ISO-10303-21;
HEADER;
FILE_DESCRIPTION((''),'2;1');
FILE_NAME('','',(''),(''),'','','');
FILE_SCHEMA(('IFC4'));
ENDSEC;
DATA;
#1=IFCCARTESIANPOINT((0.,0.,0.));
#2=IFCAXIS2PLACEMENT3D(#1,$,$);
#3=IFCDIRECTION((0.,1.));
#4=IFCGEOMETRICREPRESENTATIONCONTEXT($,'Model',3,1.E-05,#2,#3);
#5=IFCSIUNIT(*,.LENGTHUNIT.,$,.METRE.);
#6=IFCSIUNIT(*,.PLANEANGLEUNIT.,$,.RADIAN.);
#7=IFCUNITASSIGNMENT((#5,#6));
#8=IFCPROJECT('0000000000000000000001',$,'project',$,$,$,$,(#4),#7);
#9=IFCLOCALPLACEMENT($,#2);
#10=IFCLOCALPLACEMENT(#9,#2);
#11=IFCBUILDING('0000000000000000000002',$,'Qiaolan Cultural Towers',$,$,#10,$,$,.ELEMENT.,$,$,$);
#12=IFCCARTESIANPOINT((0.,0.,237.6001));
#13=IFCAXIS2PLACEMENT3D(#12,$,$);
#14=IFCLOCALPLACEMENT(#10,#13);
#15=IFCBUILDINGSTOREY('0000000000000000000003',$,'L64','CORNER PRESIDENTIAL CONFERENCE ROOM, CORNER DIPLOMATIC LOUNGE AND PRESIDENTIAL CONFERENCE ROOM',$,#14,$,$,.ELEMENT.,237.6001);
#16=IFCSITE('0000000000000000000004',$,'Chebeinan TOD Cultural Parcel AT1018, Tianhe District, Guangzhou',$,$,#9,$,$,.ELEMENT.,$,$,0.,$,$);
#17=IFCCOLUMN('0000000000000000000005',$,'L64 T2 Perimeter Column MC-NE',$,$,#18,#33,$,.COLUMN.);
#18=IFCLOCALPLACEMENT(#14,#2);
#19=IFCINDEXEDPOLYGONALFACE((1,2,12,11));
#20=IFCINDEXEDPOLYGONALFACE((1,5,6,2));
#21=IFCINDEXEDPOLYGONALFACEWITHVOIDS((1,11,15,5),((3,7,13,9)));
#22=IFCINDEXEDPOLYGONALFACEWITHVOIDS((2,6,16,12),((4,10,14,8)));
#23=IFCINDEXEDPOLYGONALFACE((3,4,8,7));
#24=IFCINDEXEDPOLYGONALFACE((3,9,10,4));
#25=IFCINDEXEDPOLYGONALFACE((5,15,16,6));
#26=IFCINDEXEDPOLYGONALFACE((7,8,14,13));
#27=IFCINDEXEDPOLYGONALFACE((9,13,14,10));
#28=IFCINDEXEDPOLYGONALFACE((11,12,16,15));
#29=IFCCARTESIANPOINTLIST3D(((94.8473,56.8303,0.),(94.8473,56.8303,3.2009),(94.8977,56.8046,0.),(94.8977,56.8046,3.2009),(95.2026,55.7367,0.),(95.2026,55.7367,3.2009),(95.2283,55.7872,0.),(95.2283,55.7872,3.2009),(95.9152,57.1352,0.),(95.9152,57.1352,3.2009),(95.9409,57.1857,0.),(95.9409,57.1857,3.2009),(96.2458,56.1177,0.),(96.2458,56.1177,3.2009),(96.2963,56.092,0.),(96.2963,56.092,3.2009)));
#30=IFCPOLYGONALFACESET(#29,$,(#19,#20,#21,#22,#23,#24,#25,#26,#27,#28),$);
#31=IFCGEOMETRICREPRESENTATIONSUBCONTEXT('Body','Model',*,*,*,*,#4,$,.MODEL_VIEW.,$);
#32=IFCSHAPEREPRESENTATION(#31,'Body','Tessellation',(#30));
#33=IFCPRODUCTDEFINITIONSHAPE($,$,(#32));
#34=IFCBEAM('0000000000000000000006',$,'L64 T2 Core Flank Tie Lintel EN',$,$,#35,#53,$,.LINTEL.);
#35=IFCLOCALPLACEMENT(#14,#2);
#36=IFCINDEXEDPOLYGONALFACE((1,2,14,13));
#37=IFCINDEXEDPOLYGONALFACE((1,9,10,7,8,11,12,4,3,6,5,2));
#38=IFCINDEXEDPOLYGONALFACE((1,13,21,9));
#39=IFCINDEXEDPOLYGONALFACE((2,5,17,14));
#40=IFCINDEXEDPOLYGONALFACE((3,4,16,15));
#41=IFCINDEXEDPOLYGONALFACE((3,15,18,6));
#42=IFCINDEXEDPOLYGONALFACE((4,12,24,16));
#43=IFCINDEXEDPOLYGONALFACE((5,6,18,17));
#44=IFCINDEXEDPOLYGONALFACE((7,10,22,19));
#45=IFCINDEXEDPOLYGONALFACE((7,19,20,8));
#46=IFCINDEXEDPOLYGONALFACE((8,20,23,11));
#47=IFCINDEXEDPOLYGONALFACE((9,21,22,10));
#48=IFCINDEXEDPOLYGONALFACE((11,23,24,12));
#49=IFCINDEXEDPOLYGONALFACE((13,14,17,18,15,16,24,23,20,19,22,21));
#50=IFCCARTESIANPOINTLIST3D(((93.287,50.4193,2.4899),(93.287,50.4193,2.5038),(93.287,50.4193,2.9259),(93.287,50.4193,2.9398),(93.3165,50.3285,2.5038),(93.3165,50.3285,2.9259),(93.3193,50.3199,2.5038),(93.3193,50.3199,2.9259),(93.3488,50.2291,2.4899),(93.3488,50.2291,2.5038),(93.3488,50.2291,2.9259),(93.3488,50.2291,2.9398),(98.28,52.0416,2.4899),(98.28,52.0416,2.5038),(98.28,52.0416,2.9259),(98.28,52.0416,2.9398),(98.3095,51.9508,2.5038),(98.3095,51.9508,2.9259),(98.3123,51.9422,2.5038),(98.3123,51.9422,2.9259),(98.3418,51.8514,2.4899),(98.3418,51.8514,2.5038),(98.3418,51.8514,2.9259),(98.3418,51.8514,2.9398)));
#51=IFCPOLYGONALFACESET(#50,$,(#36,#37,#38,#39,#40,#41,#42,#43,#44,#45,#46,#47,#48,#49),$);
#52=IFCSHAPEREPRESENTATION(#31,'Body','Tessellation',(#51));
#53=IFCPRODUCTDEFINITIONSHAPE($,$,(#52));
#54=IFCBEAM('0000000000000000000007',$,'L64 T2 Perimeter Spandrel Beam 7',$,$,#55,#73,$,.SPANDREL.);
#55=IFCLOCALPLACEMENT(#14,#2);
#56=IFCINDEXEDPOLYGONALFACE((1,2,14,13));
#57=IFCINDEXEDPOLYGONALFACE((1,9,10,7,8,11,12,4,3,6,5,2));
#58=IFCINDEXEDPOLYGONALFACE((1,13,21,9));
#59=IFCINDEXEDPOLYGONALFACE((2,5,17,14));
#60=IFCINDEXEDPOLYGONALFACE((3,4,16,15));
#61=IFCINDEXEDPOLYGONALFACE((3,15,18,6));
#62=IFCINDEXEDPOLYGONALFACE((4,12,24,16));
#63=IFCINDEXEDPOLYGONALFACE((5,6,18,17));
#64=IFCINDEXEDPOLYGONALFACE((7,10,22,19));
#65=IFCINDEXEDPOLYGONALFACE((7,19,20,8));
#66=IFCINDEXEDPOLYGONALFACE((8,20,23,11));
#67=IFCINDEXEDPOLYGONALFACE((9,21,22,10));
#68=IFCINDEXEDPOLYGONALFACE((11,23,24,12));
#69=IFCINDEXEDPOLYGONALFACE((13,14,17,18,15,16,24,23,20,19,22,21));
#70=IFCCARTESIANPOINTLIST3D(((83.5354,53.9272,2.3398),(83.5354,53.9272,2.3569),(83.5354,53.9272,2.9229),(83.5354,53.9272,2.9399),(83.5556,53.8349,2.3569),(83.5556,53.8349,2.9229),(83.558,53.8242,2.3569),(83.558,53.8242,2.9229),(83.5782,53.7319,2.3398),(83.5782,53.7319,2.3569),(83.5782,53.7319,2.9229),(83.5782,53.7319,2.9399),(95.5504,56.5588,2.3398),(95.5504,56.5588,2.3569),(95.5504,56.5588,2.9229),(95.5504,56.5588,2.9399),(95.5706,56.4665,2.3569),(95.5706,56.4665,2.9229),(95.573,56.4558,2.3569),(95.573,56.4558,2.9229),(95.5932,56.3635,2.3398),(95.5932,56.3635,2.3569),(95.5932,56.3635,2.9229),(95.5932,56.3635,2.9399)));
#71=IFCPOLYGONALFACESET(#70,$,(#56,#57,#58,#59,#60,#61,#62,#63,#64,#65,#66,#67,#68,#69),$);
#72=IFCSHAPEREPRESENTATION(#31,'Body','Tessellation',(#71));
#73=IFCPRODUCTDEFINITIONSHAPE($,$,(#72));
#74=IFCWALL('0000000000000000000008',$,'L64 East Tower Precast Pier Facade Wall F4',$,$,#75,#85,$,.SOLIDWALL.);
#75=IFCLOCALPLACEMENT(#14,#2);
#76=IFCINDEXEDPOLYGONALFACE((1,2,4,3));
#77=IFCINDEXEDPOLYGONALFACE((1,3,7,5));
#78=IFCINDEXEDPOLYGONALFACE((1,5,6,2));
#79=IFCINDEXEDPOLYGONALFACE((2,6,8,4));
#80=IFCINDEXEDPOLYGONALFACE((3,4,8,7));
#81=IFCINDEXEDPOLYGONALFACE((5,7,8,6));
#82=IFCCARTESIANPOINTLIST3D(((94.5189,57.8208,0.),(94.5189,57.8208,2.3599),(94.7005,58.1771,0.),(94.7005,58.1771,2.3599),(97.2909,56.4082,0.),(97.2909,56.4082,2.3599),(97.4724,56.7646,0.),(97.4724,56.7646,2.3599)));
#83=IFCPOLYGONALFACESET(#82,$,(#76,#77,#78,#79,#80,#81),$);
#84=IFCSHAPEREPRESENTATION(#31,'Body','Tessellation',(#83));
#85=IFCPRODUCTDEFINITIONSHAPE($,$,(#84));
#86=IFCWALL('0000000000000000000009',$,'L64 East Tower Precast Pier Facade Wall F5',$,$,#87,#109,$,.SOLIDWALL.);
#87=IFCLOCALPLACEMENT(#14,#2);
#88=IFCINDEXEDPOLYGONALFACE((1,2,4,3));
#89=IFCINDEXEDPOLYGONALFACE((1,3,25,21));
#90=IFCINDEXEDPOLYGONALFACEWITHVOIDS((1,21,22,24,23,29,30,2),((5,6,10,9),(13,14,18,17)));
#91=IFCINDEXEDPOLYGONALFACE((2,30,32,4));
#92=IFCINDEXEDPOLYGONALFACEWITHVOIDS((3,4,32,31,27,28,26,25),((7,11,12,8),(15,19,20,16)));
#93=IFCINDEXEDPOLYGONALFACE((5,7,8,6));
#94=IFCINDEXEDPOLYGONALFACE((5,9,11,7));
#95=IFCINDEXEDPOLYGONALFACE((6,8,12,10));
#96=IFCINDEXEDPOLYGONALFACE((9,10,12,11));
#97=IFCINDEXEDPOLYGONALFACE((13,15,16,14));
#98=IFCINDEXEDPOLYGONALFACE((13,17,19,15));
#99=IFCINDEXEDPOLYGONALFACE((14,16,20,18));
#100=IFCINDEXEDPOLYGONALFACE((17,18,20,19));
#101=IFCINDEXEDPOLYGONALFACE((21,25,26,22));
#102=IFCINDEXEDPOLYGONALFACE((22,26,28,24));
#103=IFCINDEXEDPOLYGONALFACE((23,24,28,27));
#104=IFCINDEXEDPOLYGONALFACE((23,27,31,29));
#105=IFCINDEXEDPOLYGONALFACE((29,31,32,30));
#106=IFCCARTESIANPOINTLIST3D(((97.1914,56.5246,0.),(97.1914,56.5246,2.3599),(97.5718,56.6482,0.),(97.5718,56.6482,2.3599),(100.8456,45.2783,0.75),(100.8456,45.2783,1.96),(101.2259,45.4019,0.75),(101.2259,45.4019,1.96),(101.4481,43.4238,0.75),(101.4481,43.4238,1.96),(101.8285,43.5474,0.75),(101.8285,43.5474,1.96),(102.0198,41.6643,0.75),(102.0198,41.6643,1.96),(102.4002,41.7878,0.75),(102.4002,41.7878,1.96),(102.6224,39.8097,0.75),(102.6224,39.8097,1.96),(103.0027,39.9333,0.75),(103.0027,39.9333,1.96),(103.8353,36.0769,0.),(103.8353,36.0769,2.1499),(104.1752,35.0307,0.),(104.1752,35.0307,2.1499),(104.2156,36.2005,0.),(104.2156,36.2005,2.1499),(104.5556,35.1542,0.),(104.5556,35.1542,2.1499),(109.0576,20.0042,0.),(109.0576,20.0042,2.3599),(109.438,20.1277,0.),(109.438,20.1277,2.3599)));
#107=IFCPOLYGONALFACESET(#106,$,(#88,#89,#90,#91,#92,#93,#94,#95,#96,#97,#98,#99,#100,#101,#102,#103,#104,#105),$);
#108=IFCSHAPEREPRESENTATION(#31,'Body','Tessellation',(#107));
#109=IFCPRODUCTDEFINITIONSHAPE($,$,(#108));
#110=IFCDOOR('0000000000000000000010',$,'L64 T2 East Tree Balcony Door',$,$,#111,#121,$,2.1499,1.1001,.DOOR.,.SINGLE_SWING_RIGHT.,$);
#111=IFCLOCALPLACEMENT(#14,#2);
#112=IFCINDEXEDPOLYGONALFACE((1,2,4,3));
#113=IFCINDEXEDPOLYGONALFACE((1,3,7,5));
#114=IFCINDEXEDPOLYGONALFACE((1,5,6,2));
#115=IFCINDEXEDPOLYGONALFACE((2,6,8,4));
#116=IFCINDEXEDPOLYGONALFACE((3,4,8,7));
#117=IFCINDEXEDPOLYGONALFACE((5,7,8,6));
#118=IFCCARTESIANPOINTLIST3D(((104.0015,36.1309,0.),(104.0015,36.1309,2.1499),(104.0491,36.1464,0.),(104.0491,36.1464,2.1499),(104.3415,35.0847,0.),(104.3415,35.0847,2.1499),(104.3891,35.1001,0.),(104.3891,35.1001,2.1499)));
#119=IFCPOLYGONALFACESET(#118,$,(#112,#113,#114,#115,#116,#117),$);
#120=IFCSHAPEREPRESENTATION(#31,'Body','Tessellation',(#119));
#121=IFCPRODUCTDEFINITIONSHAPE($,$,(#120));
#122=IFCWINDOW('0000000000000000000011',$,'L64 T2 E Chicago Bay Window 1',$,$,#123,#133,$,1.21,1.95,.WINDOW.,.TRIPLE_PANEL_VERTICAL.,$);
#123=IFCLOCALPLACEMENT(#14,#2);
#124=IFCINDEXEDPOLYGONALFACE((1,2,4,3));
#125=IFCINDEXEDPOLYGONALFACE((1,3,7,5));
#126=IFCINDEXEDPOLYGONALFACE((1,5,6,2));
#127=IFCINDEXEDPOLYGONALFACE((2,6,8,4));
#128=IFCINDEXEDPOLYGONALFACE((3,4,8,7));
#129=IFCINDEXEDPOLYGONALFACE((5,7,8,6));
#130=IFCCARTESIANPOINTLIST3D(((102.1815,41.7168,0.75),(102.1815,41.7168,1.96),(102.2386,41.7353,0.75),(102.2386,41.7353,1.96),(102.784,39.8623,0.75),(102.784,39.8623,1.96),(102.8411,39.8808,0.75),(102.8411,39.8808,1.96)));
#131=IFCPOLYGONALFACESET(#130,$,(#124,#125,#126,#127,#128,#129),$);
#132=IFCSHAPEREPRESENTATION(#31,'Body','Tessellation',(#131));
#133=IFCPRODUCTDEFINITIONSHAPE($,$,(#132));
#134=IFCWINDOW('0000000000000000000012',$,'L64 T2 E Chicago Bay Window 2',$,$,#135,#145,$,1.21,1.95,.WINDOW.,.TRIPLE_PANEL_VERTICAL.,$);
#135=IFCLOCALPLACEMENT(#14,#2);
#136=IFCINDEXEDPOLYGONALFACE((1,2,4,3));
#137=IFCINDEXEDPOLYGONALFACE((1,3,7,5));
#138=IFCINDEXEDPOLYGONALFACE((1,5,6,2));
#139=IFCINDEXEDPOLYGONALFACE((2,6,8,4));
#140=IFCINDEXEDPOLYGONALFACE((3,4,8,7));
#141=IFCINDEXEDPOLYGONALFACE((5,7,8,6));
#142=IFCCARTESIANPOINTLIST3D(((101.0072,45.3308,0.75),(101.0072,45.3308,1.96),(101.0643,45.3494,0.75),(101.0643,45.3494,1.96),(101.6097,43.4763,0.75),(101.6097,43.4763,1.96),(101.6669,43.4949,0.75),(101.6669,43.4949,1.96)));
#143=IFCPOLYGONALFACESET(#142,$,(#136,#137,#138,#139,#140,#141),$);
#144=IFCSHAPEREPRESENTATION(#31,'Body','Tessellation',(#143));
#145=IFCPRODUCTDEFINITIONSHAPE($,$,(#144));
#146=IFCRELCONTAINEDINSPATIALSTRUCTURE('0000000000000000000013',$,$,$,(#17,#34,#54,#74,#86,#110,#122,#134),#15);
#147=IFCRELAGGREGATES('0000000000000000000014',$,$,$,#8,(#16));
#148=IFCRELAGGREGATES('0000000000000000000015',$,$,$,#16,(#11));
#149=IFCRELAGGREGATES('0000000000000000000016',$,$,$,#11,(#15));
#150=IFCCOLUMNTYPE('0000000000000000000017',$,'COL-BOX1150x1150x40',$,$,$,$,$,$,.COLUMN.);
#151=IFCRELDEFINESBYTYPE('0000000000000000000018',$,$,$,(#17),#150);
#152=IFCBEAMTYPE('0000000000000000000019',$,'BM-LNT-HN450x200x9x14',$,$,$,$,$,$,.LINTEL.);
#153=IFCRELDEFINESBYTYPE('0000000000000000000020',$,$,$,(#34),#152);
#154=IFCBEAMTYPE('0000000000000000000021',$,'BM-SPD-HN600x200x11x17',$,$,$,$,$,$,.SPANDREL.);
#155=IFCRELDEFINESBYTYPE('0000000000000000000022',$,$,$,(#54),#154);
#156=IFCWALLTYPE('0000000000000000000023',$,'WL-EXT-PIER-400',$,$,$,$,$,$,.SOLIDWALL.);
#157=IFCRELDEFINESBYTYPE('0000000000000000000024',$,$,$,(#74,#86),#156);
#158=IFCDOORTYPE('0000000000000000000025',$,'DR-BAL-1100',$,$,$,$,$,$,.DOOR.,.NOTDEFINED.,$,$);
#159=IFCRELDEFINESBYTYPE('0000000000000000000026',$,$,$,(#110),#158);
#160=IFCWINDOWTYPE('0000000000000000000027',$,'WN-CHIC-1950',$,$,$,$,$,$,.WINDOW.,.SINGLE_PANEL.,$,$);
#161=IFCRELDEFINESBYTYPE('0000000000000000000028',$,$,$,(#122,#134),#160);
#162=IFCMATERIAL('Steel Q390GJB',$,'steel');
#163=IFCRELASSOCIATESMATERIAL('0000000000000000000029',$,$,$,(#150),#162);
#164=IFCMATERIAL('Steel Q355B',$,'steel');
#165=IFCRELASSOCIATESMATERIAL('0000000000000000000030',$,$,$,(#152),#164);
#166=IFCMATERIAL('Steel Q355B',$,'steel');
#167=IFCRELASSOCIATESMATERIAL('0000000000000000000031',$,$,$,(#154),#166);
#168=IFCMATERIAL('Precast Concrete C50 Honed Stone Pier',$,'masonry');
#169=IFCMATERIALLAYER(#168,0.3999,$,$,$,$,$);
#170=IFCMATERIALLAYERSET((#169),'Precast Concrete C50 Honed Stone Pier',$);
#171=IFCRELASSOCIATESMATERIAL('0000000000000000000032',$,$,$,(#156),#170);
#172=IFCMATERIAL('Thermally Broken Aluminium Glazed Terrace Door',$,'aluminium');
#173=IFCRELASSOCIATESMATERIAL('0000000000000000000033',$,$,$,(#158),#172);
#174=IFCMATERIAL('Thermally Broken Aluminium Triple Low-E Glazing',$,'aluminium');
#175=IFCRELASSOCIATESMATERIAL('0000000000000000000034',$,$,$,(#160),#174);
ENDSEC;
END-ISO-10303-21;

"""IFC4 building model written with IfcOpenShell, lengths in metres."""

from ifc_helpers import new_model, si_unit, direction, frame, frame_2d, origin, origin_2d, place, context, subcontext, project, spatial, rectangle, hollow_rectangle, i_section, extrude, material, layer, layer_set, material_profile, profile_set, type_object, element, fill, save


model = new_model("IFC4")

# Units and contexts
model_context = context("Model", 3, precision=1e-05, world=origin(), true_north=direction((0.0, 1.0)))
body_context = subcontext(model_context, "Body", "Model", "MODEL_VIEW")
ifc_project = project(units=[si_unit("LENGTHUNIT", "METRE"), si_unit("PLANEANGLEUNIT", "RADIAN")], contexts=[model_context])

# Site, building, storey
site_placement = place(None, origin())
site = spatial("IfcSite", under=ifc_project, at=site_placement, Name="Chebeinan TOD Cultural Parcel AT1018, Tianhe District, Guangzhou", CompositionType="ELEMENT", RefElevation=0.0)
building_placement = place(site_placement, origin())
building = spatial("IfcBuilding", under=site, at=building_placement, Name="Qiaolan Cultural Towers", CompositionType="ELEMENT")
storey_placement = place(building_placement, frame((0.0, 0.0, 237.6001)))
storey = spatial("IfcBuildingStorey", under=building, at=storey_placement, Name="L64", Description="CORNER PRESIDENTIAL CONFERENCE ROOM, CORNER DIPLOMATIC LOUNGE AND PRESIDENTIAL CONFERENCE ROOM", CompositionType="ELEMENT", Elevation=237.6001)

# Column
ifc_material_1 = material(Name="Steel Q390GJB", Category="steel")
ifc_material_profile_1 = material_profile(ifc_material_1, hollow_rectangle(XDim=1.1499, YDim=1.1499, WallThickness=0.04, at=origin_2d()), Name="BOX1150x1150x40")
ifc_profile_set_1 = profile_set([ifc_material_profile_1], Name="Steel Q390GJB")
column_type = type_object("IfcColumnType", Name="COL-BOX1150x1150x40", PredefinedType="COLUMN", material=ifc_profile_set_1)
column_placement = place(storey_placement, frame((95.5718, 56.4612, 0.0), z_axis=(0.0, 0.0, 1.0), x_axis=(0.951057, 0.309017, 0.0)))
element("IfcColumn", 1, at=column_placement, inside=storey, type_object=column_type, Name="L64 T2 Perimeter Column MC-NE", PredefinedType="COLUMN", context=body_context, shape_type="SweptSolid", body=[
    extrude(hollow_rectangle(XDim=1.1499, YDim=1.1499, WallThickness=0.04, at=origin_2d()), origin(), (0.0, 0.0, 1.0), 3.2009),
])

# Beams
ifc_material_2 = material(Name="Steel Q355B", Category="steel")
ifc_material_profile_2 = material_profile(ifc_material_2, i_section(OverallWidth=0.2, OverallDepth=0.45, WebThickness=0.009, FlangeThickness=0.0139, at=origin_2d()), Name="HN450x200x9x14")
ifc_profile_set_2 = profile_set([ifc_material_profile_2], Name="Steel Q355B")
beam_type_1 = type_object("IfcBeamType", Name="BM-LNT-HN450x200x9x14", PredefinedType="LINTEL", material=ifc_profile_set_2)
beam_1_placement = place(storey_placement, frame((93.3179, 50.3242, 2.7148), z_axis=(0.95106, 0.309006, 0.0), x_axis=(-0.309006, 0.95106, 0.0)))
element("IfcBeam", 2, at=beam_1_placement, inside=storey, type_object=beam_type_1, Name="L64 T2 Core Flank Tie Lintel EN", PredefinedType="LINTEL", context=body_context, shape_type="SweptSolid", body=[
    extrude(i_section(OverallWidth=0.2, OverallDepth=0.45, WebThickness=0.009, FlangeThickness=0.0139, at=origin_2d()), origin(), (0.0, 0.0, 1.0), 5.25),
])
ifc_material_3 = material(Name="Steel Q355B", Category="steel")
ifc_material_profile_3 = material_profile(ifc_material_3, i_section(OverallWidth=0.2, OverallDepth=0.6001, WebThickness=0.011, FlangeThickness=0.0171, at=origin_2d()), Name="HN600x200x11x17")
ifc_profile_set_3 = profile_set([ifc_material_profile_3], Name="Steel Q355B")
beam_type_2 = type_object("IfcBeamType", Name="BM-SPD-HN600x200x11x17", PredefinedType="SPANDREL", material=ifc_profile_set_3)
beam_2_placement = place(storey_placement, frame((95.5718, 56.4612, 2.6399), z_axis=(-0.976843, -0.213956, 0.0), x_axis=(0.213956, -0.976843, 0.0)))
element("IfcBeam", 3, at=beam_2_placement, inside=storey, type_object=beam_type_2, Name="L64 T2 Perimeter Spandrel Beam 7", PredefinedType="SPANDREL", context=body_context, shape_type="SweptSolid", body=[
    extrude(i_section(OverallWidth=0.2, OverallDepth=0.6001, WebThickness=0.011, FlangeThickness=0.0171, at=origin_2d()), origin(), (0.0, 0.0, 1.0), 12.2998),
])

# Wall
ifc_material_4 = material(Name="Precast Concrete C50 Honed Stone Pier", Category="masonry")
ifc_layer_1 = layer(ifc_material_4, 0.3999)
ifc_layer_set_1 = layer_set([ifc_layer_1], Name="Precast Concrete C50 Honed Stone Pier")
wall_type_1 = type_object("IfcWallType", Name="WL-EXT-PIER-400", PredefinedType="SOLIDWALL", material=ifc_layer_set_1)
wall_1_placement = place(storey_placement, frame((94.6096, 57.999, 0.0), z_axis=(0.0, 0.0, 1.0), x_axis=(0.89098, -0.454043, 0.0)))
element("IfcWall", 4, at=wall_1_placement, inside=storey, type_object=wall_type_1, Name="L64 East Tower Precast Pier Facade Wall F4", PredefinedType="SOLIDWALL", context=body_context, shape_type="SweptSolid", body=[
    extrude(rectangle(XDim=3.1111, YDim=0.3999, at=frame_2d((1.5557, 0.0))), origin(), (0.0, 0.0, 1.0), 2.3599),
])

# Wall, openings, door, windows
wall_2_placement = place(storey_placement, frame((97.3816, 56.5864, 0.0), z_axis=(0.0, 0.0, 1.0), x_axis=(0.309016, -0.951057, 0.0)))
wall_2 = element("IfcWall", 5, at=wall_2_placement, inside=storey, type_object=wall_type_1, Name="L64 East Tower Precast Pier Facade Wall F5", PredefinedType="SOLIDWALL", context=body_context, shape_type="SweptSolid", body=[
    extrude(rectangle(XDim=38.3999, YDim=0.3999, at=frame_2d((19.2, 0.0))), origin(), (0.0, 0.0, 1.0), 2.3599),
])
opening_1_placement = place(wall_2_placement, frame((15.625, 0.0, 0.75)))
opening_1 = element("IfcOpeningElement", 6, at=opening_1_placement, cuts=wall_2, PredefinedType="OPENING", context=body_context, shape_type="SweptSolid", body=[
    extrude(rectangle(XDim=1.95, YDim=1.21, at=frame_2d((0.9751, 0.605))), frame((0.0, 0.21, 0.0), z_axis=(0.0, -1.0, 0.0), x_axis=(1.0, 0.0, 0.0)), (0.0, 0.0, 1.0), 0.4199),
])
opening_2_placement = place(wall_2_placement, frame((11.825, 0.0, 0.75)))
opening_2 = element("IfcOpeningElement", 7, at=opening_2_placement, cuts=wall_2, PredefinedType="OPENING", context=body_context, shape_type="SweptSolid", body=[
    extrude(rectangle(XDim=1.95, YDim=1.21, at=frame_2d((0.9751, 0.605))), frame((0.0, 0.21, 0.0), z_axis=(0.0, -1.0, 0.0), x_axis=(1.0, 0.0, 0.0)), (0.0, 0.0, 1.0), 0.4199),
])
opening_3_placement = place(wall_2_placement, frame((21.5, 0.0, 0.0)))
opening_3 = element("IfcOpeningElement", 8, at=opening_3_placement, cuts=wall_2, PredefinedType="OPENING", context=body_context, shape_type="SweptSolid", body=[
    extrude(rectangle(XDim=1.1001, YDim=2.1499, at=frame_2d((0.55, 1.075))), frame((0.0, 0.21, 0.0), z_axis=(0.0, -1.0, 0.0), x_axis=(1.0, 0.0, 0.0)), (0.0, 0.0, 1.0), 0.4199),
])
ifc_material_5 = material(Name="Thermally Broken Aluminium Glazed Terrace Door", Category="aluminium")
door_type_1 = type_object("IfcDoorType", Name="DR-BAL-1100", OperationType="NOTDEFINED", PredefinedType="DOOR", material=ifc_material_5)
door_1_placement = place(opening_3_placement, origin())
door_1 = element("IfcDoor", 9, at=door_1_placement, inside=storey, type_object=door_type_1, Name="L64 T2 East Tree Balcony Door", OperationType="SINGLE_SWING_RIGHT", OverallHeight=2.1499, OverallWidth=1.1001, PredefinedType="DOOR", context=body_context, shape_type="SweptSolid", body=[
    extrude(rectangle(XDim=1.1001, YDim=2.1499, at=frame_2d((0.55, 1.075))), frame((0.0, 0.0249, 0.0), z_axis=(0.0, -1.0, 0.0), x_axis=(1.0, 0.0, 0.0)), (0.0, 0.0, 1.0), 0.05),
])
fill(opening_3, door_1)
ifc_material_6 = material(Name="Thermally Broken Aluminium Triple Low-E Glazing", Category="aluminium")
window_type = type_object("IfcWindowType", Name="WN-CHIC-1950", PartitioningType="SINGLE_PANEL", PredefinedType="WINDOW", material=ifc_material_6)
window_1_placement = place(opening_1_placement, origin())
window_1 = element("IfcWindow", 10, at=window_1_placement, inside=storey, type_object=window_type, Name="L64 T2 E Chicago Bay Window 1", OverallHeight=1.21, OverallWidth=1.95, PartitioningType="TRIPLE_PANEL_VERTICAL", PredefinedType="WINDOW", context=body_context, shape_type="SweptSolid", body=[
    extrude(rectangle(XDim=1.95, YDim=1.21, at=frame_2d((0.9751, 0.605))), frame((0.0, 0.03, 0.0), z_axis=(0.0, -1.0, 0.0), x_axis=(1.0, 0.0, 0.0)), (0.0, 0.0, 1.0), 0.0601),
])
fill(opening_1, window_1)
window_2_placement = place(opening_2_placement, origin())
window_2 = element("IfcWindow", 11, at=window_2_placement, inside=storey, type_object=window_type, Name="L64 T2 E Chicago Bay Window 2", OverallHeight=1.21, OverallWidth=1.95, PartitioningType="TRIPLE_PANEL_VERTICAL", PredefinedType="WINDOW", context=body_context, shape_type="SweptSolid", body=[
    extrude(rectangle(XDim=1.95, YDim=1.21, at=frame_2d((0.9751, 0.605))), frame((0.0, 0.03, 0.0), z_axis=(0.0, -1.0, 0.0), x_axis=(1.0, 0.0, 0.0)), (0.0, 0.0, 1.0), 0.0601),
])
fill(opening_2, window_2)

save(model, "model.ifc")
